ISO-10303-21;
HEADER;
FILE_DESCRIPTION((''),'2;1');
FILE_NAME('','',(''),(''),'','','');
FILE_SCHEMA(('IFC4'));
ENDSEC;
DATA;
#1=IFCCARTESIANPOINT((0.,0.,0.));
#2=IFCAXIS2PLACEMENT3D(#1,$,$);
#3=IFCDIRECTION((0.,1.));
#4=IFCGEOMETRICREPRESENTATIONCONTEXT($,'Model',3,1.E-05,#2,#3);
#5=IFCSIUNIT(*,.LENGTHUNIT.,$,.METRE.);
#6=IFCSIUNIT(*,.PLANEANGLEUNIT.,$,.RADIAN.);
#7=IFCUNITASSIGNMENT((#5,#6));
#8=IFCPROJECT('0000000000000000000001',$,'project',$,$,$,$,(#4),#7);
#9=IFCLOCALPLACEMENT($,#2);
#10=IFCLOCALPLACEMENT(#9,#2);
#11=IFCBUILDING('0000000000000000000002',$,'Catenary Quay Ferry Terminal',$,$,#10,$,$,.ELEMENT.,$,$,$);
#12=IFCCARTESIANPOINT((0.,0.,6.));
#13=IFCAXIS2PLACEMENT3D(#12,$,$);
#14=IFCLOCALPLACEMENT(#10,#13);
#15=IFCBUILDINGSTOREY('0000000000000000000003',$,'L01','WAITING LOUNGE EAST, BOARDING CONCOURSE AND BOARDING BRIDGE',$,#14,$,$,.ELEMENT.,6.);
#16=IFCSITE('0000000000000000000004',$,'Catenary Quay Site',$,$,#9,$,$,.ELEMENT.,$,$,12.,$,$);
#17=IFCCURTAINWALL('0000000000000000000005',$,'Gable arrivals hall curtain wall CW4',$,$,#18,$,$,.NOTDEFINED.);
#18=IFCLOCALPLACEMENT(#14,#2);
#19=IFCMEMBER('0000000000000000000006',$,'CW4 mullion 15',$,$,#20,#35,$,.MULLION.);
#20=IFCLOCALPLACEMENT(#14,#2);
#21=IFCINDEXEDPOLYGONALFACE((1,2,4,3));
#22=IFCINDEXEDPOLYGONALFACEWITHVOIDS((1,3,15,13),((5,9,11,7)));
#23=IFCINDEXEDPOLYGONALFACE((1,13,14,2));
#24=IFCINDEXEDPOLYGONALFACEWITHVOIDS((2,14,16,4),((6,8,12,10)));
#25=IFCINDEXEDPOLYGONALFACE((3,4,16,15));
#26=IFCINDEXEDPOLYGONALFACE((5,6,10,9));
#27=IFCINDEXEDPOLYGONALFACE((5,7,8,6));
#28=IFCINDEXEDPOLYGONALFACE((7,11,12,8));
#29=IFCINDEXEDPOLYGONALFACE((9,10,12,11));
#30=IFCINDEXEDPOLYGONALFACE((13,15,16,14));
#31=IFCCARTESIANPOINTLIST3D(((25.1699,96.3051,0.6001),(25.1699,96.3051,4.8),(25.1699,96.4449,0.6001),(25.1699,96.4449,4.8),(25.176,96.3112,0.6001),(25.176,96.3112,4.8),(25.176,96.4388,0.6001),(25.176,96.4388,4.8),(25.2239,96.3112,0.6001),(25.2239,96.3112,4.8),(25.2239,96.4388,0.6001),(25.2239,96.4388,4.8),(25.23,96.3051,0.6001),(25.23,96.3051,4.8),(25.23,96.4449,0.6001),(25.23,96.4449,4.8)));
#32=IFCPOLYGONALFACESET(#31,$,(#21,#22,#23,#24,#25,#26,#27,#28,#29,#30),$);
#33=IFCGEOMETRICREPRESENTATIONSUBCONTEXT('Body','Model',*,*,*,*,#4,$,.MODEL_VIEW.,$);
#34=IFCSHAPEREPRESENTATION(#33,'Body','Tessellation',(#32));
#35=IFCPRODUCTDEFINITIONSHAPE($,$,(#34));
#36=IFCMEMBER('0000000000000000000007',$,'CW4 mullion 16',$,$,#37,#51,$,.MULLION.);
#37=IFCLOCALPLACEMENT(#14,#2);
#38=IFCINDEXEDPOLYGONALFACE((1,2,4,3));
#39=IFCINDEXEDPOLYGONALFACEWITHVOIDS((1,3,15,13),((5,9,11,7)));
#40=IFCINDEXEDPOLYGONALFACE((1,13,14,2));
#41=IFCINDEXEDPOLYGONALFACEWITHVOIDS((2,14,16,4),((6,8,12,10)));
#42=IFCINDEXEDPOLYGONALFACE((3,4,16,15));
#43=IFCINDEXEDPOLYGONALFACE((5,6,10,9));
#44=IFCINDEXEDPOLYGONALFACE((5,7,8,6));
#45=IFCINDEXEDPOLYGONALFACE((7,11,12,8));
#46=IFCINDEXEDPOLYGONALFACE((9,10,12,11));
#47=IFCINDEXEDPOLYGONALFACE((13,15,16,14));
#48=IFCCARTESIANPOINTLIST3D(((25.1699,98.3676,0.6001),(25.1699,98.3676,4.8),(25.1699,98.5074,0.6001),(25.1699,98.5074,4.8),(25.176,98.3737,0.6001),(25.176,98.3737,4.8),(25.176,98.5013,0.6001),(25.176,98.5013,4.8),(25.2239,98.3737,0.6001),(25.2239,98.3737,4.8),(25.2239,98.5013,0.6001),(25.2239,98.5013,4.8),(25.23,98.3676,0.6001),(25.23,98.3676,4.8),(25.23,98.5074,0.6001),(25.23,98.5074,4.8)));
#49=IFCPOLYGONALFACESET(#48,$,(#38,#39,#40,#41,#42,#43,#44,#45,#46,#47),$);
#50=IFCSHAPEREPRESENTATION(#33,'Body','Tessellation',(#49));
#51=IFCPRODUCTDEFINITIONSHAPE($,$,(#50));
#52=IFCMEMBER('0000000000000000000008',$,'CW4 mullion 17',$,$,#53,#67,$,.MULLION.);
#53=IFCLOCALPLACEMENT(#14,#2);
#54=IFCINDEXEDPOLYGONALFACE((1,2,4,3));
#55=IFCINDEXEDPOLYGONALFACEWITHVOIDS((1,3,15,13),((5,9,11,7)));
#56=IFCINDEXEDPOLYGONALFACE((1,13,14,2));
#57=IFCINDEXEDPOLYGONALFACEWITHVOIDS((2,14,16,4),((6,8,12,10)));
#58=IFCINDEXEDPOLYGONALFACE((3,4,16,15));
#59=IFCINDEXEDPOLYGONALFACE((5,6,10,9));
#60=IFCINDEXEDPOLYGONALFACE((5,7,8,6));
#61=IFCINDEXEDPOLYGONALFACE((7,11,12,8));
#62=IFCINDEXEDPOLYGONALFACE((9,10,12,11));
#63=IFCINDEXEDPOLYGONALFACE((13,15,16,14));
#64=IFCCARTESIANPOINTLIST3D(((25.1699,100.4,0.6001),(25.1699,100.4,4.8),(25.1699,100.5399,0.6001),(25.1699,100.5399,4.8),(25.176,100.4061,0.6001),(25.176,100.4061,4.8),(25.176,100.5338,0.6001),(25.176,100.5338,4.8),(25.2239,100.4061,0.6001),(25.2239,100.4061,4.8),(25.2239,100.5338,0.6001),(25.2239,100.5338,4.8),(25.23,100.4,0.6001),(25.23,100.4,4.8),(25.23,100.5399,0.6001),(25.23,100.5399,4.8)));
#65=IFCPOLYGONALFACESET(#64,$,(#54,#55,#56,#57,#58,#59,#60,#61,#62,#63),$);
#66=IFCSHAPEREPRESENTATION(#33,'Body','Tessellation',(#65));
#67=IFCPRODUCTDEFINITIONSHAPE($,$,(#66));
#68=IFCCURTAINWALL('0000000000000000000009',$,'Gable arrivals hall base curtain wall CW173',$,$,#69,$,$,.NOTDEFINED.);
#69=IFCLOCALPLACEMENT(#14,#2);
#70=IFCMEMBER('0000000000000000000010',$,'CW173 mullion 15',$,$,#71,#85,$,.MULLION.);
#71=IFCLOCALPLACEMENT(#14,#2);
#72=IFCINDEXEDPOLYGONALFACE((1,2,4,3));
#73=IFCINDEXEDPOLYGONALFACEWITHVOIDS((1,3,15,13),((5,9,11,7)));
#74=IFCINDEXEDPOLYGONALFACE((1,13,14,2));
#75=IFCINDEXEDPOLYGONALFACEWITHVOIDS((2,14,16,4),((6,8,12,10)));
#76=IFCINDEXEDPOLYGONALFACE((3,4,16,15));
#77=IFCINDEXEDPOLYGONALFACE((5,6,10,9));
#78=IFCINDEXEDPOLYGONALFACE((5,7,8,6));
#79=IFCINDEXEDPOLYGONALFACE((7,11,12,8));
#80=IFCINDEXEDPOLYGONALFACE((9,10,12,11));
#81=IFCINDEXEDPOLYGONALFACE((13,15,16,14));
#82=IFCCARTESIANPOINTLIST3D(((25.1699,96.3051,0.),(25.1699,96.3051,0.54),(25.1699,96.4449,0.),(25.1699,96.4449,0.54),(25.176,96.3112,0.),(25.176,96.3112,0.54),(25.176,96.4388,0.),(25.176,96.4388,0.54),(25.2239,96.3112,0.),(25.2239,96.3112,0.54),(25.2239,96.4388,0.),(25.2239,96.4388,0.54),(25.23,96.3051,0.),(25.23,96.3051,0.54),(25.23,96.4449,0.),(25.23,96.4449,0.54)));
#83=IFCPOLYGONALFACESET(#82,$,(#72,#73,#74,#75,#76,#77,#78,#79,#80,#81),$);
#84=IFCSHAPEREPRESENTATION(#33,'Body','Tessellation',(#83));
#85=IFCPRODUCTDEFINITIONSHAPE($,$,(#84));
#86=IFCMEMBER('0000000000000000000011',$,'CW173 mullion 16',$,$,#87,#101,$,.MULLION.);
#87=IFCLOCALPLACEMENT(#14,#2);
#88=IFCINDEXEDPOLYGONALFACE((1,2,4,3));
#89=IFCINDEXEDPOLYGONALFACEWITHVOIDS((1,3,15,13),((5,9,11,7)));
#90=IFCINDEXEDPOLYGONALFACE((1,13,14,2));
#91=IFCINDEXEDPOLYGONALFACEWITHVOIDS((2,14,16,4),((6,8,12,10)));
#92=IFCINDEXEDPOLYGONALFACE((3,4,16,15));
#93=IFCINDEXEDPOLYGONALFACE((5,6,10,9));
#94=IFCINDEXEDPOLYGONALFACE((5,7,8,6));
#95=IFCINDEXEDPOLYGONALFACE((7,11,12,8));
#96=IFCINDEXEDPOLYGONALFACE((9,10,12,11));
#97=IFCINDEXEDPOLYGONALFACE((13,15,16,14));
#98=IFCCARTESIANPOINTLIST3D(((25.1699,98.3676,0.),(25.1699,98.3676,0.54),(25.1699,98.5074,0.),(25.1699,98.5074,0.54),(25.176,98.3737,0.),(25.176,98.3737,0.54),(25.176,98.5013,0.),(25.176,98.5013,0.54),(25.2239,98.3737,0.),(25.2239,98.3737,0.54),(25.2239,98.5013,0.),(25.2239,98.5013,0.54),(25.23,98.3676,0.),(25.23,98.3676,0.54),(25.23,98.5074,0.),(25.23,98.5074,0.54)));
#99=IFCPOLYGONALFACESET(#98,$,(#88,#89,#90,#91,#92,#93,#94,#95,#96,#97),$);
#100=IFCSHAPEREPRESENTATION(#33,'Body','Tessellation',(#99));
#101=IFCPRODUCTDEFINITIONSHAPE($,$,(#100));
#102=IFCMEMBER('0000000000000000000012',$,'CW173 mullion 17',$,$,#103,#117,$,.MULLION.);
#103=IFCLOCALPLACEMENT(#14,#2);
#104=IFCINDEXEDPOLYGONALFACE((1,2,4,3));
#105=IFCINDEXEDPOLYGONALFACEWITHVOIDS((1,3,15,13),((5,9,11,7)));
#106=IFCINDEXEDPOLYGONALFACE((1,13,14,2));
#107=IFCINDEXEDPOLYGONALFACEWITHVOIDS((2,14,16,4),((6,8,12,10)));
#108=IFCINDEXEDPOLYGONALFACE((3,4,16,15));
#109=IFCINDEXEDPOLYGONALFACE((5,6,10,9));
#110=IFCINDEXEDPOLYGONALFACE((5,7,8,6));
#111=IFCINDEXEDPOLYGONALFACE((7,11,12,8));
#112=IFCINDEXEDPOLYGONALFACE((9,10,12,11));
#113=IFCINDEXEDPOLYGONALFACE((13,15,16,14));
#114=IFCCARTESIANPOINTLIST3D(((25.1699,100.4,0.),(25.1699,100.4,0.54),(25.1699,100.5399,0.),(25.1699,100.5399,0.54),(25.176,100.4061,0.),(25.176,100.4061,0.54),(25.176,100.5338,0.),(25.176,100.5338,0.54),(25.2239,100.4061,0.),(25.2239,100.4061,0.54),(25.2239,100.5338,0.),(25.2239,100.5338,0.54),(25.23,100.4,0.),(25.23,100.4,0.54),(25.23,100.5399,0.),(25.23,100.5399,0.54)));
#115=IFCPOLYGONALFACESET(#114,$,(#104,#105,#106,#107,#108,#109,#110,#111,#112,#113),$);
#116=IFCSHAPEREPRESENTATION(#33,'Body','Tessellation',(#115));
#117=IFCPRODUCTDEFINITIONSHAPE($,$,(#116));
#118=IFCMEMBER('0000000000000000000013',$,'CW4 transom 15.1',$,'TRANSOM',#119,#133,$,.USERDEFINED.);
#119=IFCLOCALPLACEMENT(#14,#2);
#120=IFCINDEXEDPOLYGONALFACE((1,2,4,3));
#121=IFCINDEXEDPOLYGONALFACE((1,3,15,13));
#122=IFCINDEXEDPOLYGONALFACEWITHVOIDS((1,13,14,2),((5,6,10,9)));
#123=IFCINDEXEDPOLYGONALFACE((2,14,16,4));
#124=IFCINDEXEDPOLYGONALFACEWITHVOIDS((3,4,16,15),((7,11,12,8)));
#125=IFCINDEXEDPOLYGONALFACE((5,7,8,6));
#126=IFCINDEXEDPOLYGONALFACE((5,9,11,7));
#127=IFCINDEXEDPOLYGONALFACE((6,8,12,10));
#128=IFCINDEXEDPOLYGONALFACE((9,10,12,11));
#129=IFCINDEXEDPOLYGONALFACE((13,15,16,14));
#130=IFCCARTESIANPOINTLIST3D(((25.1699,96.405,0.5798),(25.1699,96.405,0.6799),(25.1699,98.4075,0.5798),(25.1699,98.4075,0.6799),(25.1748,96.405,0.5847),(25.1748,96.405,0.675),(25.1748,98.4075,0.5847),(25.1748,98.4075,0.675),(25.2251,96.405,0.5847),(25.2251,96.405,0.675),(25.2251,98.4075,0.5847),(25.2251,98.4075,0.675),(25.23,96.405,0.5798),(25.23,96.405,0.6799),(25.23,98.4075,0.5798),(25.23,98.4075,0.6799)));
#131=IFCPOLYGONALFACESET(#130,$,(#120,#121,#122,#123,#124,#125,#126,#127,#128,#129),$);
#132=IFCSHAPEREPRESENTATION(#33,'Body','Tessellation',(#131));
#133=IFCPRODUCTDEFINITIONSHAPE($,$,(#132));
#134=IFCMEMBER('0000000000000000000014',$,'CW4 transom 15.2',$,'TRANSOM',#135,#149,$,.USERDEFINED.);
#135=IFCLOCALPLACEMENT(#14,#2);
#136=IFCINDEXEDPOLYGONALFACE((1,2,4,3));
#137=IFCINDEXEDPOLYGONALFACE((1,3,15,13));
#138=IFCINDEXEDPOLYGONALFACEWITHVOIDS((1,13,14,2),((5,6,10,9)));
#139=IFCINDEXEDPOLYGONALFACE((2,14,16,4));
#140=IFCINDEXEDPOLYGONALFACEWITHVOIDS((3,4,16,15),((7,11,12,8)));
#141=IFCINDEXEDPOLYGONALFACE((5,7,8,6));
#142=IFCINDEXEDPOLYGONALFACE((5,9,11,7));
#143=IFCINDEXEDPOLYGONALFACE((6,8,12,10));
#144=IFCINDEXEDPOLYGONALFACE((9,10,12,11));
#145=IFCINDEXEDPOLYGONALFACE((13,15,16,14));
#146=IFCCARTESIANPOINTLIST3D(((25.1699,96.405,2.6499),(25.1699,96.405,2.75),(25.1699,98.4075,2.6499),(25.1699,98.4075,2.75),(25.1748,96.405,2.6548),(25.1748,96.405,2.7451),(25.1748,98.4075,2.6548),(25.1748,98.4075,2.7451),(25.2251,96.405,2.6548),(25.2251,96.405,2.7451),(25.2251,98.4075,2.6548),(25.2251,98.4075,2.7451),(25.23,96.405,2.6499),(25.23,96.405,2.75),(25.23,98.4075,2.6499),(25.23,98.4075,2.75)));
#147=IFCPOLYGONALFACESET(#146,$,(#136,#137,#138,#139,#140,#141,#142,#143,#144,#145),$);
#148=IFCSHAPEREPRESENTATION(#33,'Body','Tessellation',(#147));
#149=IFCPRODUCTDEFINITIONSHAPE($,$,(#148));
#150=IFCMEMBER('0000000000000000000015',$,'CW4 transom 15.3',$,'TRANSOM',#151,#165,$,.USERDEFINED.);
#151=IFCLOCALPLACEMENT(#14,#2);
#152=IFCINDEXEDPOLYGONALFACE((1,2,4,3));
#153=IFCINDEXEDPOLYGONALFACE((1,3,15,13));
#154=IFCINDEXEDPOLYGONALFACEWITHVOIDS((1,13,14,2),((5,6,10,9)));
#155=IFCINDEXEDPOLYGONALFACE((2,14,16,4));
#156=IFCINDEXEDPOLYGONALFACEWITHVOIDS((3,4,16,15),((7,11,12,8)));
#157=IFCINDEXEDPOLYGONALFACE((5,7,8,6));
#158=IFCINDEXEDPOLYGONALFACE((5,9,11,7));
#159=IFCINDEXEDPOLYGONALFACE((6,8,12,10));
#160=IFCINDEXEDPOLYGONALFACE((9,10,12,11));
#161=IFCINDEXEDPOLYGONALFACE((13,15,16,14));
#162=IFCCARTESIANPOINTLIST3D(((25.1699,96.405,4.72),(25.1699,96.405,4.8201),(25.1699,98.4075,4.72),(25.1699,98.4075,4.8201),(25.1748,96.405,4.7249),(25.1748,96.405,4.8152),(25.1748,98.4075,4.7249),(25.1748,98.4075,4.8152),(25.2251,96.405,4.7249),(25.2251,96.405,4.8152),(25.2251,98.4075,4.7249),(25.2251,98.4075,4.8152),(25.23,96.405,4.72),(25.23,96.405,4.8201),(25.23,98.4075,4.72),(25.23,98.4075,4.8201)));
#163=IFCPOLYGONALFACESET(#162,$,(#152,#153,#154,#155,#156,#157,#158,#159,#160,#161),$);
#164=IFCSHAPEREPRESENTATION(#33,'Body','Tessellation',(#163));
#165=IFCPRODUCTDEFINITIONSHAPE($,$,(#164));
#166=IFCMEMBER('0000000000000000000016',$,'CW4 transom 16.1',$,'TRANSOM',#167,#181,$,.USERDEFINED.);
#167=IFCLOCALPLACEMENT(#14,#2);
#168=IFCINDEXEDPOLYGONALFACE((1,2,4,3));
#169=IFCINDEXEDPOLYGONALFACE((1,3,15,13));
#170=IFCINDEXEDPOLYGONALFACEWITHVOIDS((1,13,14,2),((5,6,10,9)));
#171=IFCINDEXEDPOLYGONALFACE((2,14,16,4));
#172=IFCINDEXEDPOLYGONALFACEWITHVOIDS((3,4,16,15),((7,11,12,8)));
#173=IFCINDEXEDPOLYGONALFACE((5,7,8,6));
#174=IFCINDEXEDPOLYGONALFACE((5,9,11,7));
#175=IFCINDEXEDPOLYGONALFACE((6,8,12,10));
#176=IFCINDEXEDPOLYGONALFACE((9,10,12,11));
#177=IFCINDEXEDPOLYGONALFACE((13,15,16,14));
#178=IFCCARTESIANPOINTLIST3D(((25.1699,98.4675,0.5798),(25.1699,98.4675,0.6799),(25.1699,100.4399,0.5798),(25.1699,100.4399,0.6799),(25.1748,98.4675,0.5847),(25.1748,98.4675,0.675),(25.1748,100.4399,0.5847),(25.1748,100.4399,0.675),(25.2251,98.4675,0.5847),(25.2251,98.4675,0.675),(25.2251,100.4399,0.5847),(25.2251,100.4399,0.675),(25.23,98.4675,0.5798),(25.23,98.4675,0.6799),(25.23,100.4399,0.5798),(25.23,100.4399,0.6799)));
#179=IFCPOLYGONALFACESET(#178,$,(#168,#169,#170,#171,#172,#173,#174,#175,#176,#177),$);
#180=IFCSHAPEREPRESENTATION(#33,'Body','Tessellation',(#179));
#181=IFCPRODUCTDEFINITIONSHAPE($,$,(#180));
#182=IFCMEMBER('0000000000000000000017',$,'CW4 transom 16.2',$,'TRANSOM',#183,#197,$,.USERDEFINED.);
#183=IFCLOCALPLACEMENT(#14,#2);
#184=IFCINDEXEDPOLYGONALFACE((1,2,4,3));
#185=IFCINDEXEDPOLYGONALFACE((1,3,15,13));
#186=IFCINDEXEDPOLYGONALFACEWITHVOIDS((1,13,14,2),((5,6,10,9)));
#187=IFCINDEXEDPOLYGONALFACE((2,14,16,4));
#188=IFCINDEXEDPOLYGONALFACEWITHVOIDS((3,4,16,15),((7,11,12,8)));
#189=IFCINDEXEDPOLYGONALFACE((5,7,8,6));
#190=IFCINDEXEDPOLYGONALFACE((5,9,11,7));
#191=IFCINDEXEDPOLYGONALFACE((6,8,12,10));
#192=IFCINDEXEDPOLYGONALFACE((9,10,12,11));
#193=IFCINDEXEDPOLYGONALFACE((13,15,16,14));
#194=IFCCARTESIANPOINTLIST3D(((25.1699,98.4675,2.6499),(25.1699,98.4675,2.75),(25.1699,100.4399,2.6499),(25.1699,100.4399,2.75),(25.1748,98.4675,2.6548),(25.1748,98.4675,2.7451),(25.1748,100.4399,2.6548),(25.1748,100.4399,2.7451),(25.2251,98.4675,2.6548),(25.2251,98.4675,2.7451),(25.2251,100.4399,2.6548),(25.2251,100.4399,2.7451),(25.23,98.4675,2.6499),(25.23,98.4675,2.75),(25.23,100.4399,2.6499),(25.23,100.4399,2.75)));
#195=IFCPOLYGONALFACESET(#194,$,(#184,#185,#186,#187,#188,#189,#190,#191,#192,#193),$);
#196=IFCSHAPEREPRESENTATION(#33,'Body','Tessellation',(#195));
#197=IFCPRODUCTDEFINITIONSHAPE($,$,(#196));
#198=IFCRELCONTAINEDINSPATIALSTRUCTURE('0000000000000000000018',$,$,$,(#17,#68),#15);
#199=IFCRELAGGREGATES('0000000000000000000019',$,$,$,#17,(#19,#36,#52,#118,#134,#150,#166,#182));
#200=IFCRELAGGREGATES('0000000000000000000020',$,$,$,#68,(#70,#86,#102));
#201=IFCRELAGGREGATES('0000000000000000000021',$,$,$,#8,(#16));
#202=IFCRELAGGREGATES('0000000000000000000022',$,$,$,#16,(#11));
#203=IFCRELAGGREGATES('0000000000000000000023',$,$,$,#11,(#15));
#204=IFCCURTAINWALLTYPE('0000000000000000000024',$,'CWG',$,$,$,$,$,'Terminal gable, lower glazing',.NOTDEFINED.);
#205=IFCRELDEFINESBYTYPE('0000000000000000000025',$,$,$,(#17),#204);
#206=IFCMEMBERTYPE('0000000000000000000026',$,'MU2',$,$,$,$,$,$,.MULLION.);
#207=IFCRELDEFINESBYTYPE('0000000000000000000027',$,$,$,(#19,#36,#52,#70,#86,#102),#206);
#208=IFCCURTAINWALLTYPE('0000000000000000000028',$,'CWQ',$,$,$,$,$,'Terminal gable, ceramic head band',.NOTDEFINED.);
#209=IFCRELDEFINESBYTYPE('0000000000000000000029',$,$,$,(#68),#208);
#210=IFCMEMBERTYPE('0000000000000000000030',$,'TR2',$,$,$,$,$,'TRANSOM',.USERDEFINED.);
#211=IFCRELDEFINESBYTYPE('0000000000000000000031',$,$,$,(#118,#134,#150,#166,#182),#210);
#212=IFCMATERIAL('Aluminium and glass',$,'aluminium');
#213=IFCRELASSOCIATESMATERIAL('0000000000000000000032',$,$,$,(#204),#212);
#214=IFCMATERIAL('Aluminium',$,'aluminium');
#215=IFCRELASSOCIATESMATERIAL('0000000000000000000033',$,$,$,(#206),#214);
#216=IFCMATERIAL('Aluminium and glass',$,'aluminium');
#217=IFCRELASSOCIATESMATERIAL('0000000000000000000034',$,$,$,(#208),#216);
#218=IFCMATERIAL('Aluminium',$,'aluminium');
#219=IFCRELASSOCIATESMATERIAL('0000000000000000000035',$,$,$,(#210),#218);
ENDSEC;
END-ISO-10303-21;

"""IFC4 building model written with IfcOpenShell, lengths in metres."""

from ifc_helpers import new_model, si_unit, direction, frame, origin, origin_2d, place, context, subcontext, project, spatial, hollow_rectangle, extrude, material, material_profile, profile_set, type_object, element, aggregate, save


model = new_model("IFC4")

# Units and contexts
model_context = context("Model", 3, precision=1e-05, world=origin(), true_north=direction((0.0, 1.0)))
body_context = subcontext(model_context, "Body", "Model", "MODEL_VIEW")
ifc_project = project(units=[si_unit("LENGTHUNIT", "METRE"), si_unit("PLANEANGLEUNIT", "RADIAN")], contexts=[model_context])

# Site, building, storey
site_placement = place(None, origin())
site = spatial("IfcSite", under=ifc_project, at=site_placement, Name="Catenary Quay Site", CompositionType="ELEMENT", RefElevation=12.0)
building_placement = place(site_placement, origin())
building = spatial("IfcBuilding", under=site, at=building_placement, Name="Catenary Quay Ferry Terminal", CompositionType="ELEMENT")
storey_placement = place(building_placement, frame((0.0, 0.0, 6.0)))
storey = spatial("IfcBuildingStorey", under=building, at=storey_placement, Name="L01", Description="WAITING LOUNGE EAST, BOARDING CONCOURSE AND BOARDING BRIDGE", CompositionType="ELEMENT", Elevation=6.0)

# Curtain walls, members
ifc_material_1 = material(Name="Aluminium and glass", Category="aluminium")
curtain_wall_type_1 = type_object("IfcCurtainWallType", Name="CWG", ElementType="Terminal gable, lower glazing", PredefinedType="NOTDEFINED", material=ifc_material_1)
curtain_wall_1_placement = place(storey_placement, origin())
curtain_wall_1 = element("IfcCurtainWall", 1, at=curtain_wall_1_placement, inside=storey, type_object=curtain_wall_type_1, Name="Gable arrivals hall curtain wall CW4", PredefinedType="NOTDEFINED")
ifc_material_2 = material(Name="Aluminium", Category="aluminium")
ifc_material_profile_1 = material_profile(ifc_material_2, hollow_rectangle(XDim=0.0601, YDim=0.1399, WallThickness=0.0061, at=origin_2d()), Name="MU2")
ifc_profile_set_1 = profile_set([ifc_material_profile_1], Name="Aluminium")
member_type_1 = type_object("IfcMemberType", Name="MU2", PredefinedType="MULLION", material=ifc_profile_set_1)
member_1_placement = place(storey_placement, frame((25.2, 96.375, 0.6001), z_axis=(0.0, 0.0, 1.0), x_axis=(-1.0, 0.0, 0.0)))
member_1 = element("IfcMember", 2, at=member_1_placement, type_object=member_type_1, Name="CW4 mullion 15", PredefinedType="MULLION", context=body_context, shape_type="SweptSolid", body=[
    extrude(hollow_rectangle(XDim=0.0601, YDim=0.1399, WallThickness=0.0061, at=origin_2d()), origin(), (0.0, 0.0, 1.0), 4.2),
])
member_2_placement = place(storey_placement, frame((25.2, 98.4375, 0.6001), z_axis=(0.0, 0.0, 1.0), x_axis=(-1.0, 0.0, 0.0)))
member_2 = element("IfcMember", 3, at=member_2_placement, type_object=member_type_1, Name="CW4 mullion 16", PredefinedType="MULLION", context=body_context, shape_type="SweptSolid", body=[
    extrude(hollow_rectangle(XDim=0.0601, YDim=0.1399, WallThickness=0.0061, at=origin_2d()), origin(), (0.0, 0.0, 1.0), 4.2),
])
member_3_placement = place(storey_placement, frame((25.2, 100.47, 0.6001), z_axis=(0.0, 0.0, 1.0), x_axis=(-1.0, 0.0, 0.0)))
member_3 = element("IfcMember", 4, at=member_3_placement, type_object=member_type_1, Name="CW4 mullion 17", PredefinedType="MULLION", context=body_context, shape_type="SweptSolid", body=[
    extrude(hollow_rectangle(XDim=0.0601, YDim=0.1399, WallThickness=0.0061, at=origin_2d()), origin(), (0.0, 0.0, 1.0), 4.2),
])
ifc_material_3 = material(Name="Aluminium and glass", Category="aluminium")
curtain_wall_type_2 = type_object("IfcCurtainWallType", Name="CWQ", ElementType="Terminal gable, ceramic head band", PredefinedType="NOTDEFINED", material=ifc_material_3)
curtain_wall_2_placement = place(storey_placement, origin())
curtain_wall_2 = element("IfcCurtainWall", 5, at=curtain_wall_2_placement, inside=storey, type_object=curtain_wall_type_2, Name="Gable arrivals hall base curtain wall CW173", PredefinedType="NOTDEFINED")
member_4_placement = place(storey_placement, frame((25.2, 96.375, 0.0), z_axis=(0.0, 0.0, 1.0), x_axis=(-1.0, 0.0, 0.0)))
member_4 = element("IfcMember", 6, at=member_4_placement, type_object=member_type_1, Name="CW173 mullion 15", PredefinedType="MULLION", context=body_context, shape_type="SweptSolid", body=[
    extrude(hollow_rectangle(XDim=0.0601, YDim=0.1399, WallThickness=0.0061, at=origin_2d()), origin(), (0.0, 0.0, 1.0), 0.54),
])
member_5_placement = place(storey_placement, frame((25.2, 98.4375, 0.0), z_axis=(0.0, 0.0, 1.0), x_axis=(-1.0, 0.0, 0.0)))
member_5 = element("IfcMember", 7, at=member_5_placement, type_object=member_type_1, Name="CW173 mullion 16", PredefinedType="MULLION", context=body_context, shape_type="SweptSolid", body=[
    extrude(hollow_rectangle(XDim=0.0601, YDim=0.1399, WallThickness=0.0061, at=origin_2d()), origin(), (0.0, 0.0, 1.0), 0.54),
])
member_6_placement = place(storey_placement, frame((25.2, 100.47, 0.0), z_axis=(0.0, 0.0, 1.0), x_axis=(-1.0, 0.0, 0.0)))
member_6 = element("IfcMember", 8, at=member_6_placement, type_object=member_type_1, Name="CW173 mullion 17", PredefinedType="MULLION", context=body_context, shape_type="SweptSolid", body=[
    extrude(hollow_rectangle(XDim=0.0601, YDim=0.1399, WallThickness=0.0061, at=origin_2d()), origin(), (0.0, 0.0, 1.0), 0.54),
])

# Members
ifc_material_4 = material(Name="Aluminium", Category="aluminium")
ifc_material_profile_2 = material_profile(ifc_material_4, hollow_rectangle(XDim=0.0601, YDim=0.1001, WallThickness=0.0049, at=origin_2d()), Name="TR2")
ifc_profile_set_2 = profile_set([ifc_material_profile_2], Name="Aluminium")
member_type_2 = type_object("IfcMemberType", Name="TR2", ElementType="TRANSOM", PredefinedType="USERDEFINED", material=ifc_profile_set_2)
member_7_placement = place(storey_placement, frame((25.2, 96.405, 0.6299), z_axis=(0.0, 1.0, 0.0), x_axis=(-1.0, 0.0, 0.0)))
member_7 = element("IfcMember", 9, at=member_7_placement, type_object=member_type_2, Name="CW4 transom 15.1", ObjectType="TRANSOM", PredefinedType="USERDEFINED", context=body_context, shape_type="SweptSolid", body=[
    extrude(hollow_rectangle(XDim=0.0601, YDim=0.1001, WallThickness=0.0049, at=origin_2d()), origin(), (0.0, 0.0, 1.0), 2.0024),
])
member_8_placement = place(storey_placement, frame((25.2, 96.405, 2.7), z_axis=(0.0, 1.0, 0.0), x_axis=(-1.0, 0.0, 0.0)))
member_8 = element("IfcMember", 10, at=member_8_placement, type_object=member_type_2, Name="CW4 transom 15.2", ObjectType="TRANSOM", PredefinedType="USERDEFINED", context=body_context, shape_type="SweptSolid", body=[
    extrude(hollow_rectangle(XDim=0.0601, YDim=0.1001, WallThickness=0.0049, at=origin_2d()), origin(), (0.0, 0.0, 1.0), 2.0024),
])
member_9_placement = place(storey_placement, frame((25.2, 96.405, 4.77), z_axis=(0.0, 1.0, 0.0), x_axis=(-1.0, 0.0, 0.0)))
member_9 = element("IfcMember", 11, at=member_9_placement, type_object=member_type_2, Name="CW4 transom 15.3", ObjectType="TRANSOM", PredefinedType="USERDEFINED", context=body_context, shape_type="SweptSolid", body=[
    extrude(hollow_rectangle(XDim=0.0601, YDim=0.1001, WallThickness=0.0049, at=origin_2d()), origin(), (0.0, 0.0, 1.0), 2.0024),
])
member_10_placement = place(storey_placement, frame((25.2, 98.4675, 0.6299), z_axis=(0.0, 1.0, 0.0), x_axis=(-1.0, 0.0, 0.0)))
member_10 = element("IfcMember", 12, at=member_10_placement, type_object=member_type_2, Name="CW4 transom 16.1", ObjectType="TRANSOM", PredefinedType="USERDEFINED", context=body_context, shape_type="SweptSolid", body=[
    extrude(hollow_rectangle(XDim=0.0601, YDim=0.1001, WallThickness=0.0049, at=origin_2d()), origin(), (0.0, 0.0, 1.0), 1.9724),
])
member_11_placement = place(storey_placement, frame((25.2, 98.4675, 2.7), z_axis=(0.0, 1.0, 0.0), x_axis=(-1.0, 0.0, 0.0)))
member_11 = element("IfcMember", 13, at=member_11_placement, type_object=member_type_2, Name="CW4 transom 16.2", ObjectType="TRANSOM", PredefinedType="USERDEFINED", context=body_context, shape_type="SweptSolid", body=[
    extrude(hollow_rectangle(XDim=0.0601, YDim=0.1001, WallThickness=0.0049, at=origin_2d()), origin(), (0.0, 0.0, 1.0), 1.9724),
])

aggregate(curtain_wall_1, [member_1, member_2, member_3, member_7, member_8, member_9, member_10, member_11])
aggregate(curtain_wall_2, [member_4, member_5, member_6])

save(model, "model.ifc")
